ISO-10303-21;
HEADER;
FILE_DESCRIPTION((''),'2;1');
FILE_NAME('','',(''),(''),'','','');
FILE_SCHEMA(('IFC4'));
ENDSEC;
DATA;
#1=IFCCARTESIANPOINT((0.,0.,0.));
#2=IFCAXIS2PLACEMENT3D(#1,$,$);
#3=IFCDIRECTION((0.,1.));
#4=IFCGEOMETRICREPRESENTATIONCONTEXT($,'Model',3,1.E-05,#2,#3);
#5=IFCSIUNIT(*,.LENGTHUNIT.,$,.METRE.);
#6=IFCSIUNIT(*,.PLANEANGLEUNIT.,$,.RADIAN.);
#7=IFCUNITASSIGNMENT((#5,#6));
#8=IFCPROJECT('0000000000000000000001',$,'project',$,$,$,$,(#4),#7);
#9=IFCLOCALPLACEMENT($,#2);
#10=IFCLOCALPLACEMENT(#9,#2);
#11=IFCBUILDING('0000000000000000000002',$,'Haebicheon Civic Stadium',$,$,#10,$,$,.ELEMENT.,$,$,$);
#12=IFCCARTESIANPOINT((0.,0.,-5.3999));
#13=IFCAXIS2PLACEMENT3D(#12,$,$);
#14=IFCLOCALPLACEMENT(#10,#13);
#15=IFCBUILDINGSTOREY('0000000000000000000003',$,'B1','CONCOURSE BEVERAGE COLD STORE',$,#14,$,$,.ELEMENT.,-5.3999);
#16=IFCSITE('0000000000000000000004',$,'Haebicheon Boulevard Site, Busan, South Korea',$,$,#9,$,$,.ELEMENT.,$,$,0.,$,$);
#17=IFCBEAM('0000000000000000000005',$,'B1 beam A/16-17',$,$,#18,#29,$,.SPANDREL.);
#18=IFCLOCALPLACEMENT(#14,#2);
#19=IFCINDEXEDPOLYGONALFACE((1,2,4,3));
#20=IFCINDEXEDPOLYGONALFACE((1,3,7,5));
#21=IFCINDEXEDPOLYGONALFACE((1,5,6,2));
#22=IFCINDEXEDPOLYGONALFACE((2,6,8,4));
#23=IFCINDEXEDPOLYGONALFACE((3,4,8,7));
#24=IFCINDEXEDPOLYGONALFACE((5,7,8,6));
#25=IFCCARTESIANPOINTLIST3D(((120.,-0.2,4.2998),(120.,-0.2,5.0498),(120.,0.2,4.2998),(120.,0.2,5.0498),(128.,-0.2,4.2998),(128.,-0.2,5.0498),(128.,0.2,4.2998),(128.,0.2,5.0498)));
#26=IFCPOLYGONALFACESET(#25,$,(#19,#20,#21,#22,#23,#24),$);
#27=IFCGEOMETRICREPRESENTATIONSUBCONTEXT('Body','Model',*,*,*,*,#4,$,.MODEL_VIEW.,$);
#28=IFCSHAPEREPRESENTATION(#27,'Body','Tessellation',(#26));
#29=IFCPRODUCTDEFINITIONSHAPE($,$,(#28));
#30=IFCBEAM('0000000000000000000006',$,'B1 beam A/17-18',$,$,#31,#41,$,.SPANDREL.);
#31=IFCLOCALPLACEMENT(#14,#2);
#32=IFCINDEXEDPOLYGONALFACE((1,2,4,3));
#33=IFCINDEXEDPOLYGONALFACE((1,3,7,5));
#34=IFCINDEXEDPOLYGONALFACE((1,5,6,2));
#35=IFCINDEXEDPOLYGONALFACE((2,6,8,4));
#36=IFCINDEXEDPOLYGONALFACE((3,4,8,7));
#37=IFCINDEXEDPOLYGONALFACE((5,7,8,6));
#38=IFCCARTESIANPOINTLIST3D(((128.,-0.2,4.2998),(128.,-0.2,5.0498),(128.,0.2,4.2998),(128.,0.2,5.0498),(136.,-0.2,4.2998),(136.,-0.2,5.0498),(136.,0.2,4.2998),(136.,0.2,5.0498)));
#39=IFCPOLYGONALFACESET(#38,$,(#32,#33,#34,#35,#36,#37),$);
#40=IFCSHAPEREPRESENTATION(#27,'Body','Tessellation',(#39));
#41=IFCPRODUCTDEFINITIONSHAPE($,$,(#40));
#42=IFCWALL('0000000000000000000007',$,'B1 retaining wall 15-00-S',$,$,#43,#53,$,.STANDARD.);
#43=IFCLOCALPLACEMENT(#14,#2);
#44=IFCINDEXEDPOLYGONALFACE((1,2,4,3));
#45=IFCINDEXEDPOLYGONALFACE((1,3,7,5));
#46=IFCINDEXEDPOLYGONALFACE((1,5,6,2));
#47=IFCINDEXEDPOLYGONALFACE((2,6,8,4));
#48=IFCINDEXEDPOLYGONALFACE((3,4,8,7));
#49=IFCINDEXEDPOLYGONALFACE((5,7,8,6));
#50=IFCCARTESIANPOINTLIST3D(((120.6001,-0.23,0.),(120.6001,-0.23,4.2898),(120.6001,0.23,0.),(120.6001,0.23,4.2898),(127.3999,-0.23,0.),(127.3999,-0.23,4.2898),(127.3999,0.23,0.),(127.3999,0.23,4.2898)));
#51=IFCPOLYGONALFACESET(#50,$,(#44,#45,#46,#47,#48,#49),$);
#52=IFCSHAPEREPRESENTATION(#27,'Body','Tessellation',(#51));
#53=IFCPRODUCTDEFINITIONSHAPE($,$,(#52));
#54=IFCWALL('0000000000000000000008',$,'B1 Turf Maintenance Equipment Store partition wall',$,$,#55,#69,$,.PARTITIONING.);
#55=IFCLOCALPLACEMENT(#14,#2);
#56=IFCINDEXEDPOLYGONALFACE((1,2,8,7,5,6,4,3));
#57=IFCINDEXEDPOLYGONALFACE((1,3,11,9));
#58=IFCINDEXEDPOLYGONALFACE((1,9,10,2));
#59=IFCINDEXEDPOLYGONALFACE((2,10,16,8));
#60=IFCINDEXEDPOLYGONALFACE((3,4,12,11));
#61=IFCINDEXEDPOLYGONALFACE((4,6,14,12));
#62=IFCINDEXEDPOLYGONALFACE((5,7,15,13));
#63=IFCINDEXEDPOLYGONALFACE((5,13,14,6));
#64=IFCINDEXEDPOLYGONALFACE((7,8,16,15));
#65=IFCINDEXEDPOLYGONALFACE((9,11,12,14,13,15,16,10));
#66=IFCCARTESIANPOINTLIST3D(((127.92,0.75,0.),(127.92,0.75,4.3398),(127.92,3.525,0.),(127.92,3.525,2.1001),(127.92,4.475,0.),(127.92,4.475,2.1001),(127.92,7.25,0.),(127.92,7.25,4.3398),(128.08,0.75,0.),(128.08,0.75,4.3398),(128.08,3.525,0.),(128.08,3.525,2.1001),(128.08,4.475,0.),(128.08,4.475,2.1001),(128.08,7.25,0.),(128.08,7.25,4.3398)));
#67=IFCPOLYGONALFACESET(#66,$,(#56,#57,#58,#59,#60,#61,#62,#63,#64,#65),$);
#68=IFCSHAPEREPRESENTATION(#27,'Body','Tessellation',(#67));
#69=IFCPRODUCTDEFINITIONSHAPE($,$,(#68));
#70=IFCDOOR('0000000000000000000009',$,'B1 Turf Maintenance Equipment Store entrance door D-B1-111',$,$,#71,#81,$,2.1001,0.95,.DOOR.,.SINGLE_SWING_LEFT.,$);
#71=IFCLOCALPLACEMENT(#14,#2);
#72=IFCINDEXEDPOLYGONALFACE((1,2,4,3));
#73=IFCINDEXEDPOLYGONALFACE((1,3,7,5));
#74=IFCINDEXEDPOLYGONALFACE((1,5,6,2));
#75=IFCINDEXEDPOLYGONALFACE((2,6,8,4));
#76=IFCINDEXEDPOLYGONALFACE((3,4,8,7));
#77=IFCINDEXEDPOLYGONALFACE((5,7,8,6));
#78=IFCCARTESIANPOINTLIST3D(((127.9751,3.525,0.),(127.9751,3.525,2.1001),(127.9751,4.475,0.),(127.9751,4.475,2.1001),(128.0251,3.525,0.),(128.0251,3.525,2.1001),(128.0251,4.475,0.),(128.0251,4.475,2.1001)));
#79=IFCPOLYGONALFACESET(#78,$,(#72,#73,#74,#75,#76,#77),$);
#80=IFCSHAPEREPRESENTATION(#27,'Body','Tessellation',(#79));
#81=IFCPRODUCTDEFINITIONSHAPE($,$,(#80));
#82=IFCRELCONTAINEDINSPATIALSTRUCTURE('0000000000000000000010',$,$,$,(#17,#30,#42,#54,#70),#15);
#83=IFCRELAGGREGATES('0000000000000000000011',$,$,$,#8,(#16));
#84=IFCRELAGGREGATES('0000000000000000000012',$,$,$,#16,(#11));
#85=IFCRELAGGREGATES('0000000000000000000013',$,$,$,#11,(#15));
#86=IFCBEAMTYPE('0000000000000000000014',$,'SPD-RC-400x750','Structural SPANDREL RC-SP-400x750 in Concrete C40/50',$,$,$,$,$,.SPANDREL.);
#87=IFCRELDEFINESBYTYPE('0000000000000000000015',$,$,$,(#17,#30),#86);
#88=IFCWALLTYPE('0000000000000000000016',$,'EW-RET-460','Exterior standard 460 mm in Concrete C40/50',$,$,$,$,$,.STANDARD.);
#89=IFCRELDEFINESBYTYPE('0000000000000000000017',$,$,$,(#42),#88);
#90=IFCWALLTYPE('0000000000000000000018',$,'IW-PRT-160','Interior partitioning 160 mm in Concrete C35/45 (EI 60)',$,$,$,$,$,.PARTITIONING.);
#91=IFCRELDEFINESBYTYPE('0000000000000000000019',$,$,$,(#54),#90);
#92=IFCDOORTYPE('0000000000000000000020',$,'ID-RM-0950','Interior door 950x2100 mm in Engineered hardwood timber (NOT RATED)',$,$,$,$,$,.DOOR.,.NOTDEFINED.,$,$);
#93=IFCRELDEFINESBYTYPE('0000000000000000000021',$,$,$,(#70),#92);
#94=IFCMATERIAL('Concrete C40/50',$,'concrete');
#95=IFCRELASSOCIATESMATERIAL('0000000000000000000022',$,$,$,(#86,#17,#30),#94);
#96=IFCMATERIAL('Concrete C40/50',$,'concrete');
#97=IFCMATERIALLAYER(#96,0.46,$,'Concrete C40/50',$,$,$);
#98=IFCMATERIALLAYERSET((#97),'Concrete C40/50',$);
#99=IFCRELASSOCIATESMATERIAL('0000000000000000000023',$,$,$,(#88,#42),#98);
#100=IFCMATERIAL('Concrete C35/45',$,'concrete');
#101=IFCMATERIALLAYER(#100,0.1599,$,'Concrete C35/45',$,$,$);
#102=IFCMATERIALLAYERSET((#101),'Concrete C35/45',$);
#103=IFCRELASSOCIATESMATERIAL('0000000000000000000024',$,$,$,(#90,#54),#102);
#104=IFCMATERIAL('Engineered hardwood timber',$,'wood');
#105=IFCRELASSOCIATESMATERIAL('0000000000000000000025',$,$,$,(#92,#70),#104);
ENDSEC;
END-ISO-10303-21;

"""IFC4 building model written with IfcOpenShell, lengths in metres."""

from ifc_helpers import new_model, si_unit, direction, frame, frame_2d, origin, origin_2d, place, context, subcontext, project, spatial, rectangle, extrude, material, layer, layer_set, material_profile, profile_set, type_object, element, fill, save


model = new_model("IFC4")

# Units and contexts
model_context = context("Model", 3, precision=1e-05, world=origin(), true_north=direction((0.0, 1.0)))
body_context = subcontext(model_context, "Body", "Model", "MODEL_VIEW")
ifc_project = project(units=[si_unit("LENGTHUNIT", "METRE"), si_unit("PLANEANGLEUNIT", "RADIAN")], contexts=[model_context])

# Site, building, storey
site_placement = place(None, origin())
site = spatial("IfcSite", under=ifc_project, at=site_placement, Name="Haebicheon Boulevard Site, Busan, South Korea", CompositionType="ELEMENT", RefElevation=0.0)
building_placement = place(site_placement, origin())
building = spatial("IfcBuilding", under=site, at=building_placement, Name="Haebicheon Civic Stadium", CompositionType="ELEMENT")
storey_placement = place(building_placement, frame((0.0, 0.0, -5.3999)))
storey = spatial("IfcBuildingStorey", under=building, at=storey_placement, Name="B1", Description="CONCOURSE BEVERAGE COLD STORE", CompositionType="ELEMENT", Elevation=-5.3999)

# Beams
ifc_material_1 = material(Name="Concrete C40/50", Category="concrete")
ifc_material_profile_1 = material_profile(ifc_material_1, rectangle(XDim=0.3999, YDim=0.75, at=origin_2d()), Name="RC-SP-400x750")
ifc_profile_set_1 = profile_set([ifc_material_profile_1], Name="Concrete C40/50")
beam_type_1 = type_object("IfcBeamType", Name="SPD-RC-400x750", Description="Structural SPANDREL RC-SP-400x750 in Concrete C40/50", PredefinedType="SPANDREL", material=ifc_profile_set_1)
for number, where, z_axis, x_axis, name in (
    (1, (120.0, 0.0, 4.6748), (1.0, 0.0, 0.0), (0.0, 1.0, 0.0), "B1 beam A/16-17"),
    (2, (128.0, 0.0, 4.6748), (1.0, 0.0, 0.0), (0.0, 1.0, 0.0), "B1 beam A/17-18"),
):
    element("IfcBeam", number, at=place(storey_placement, frame(where, z_axis=z_axis, x_axis=x_axis)), inside=storey, type_object=beam_type_1, material=ifc_profile_set_1, Name=name, PredefinedType="SPANDREL", context=body_context, shape_type="SweptSolid", body=[
        extrude(rectangle(XDim=0.3999, YDim=0.75, at=origin_2d()), origin(), (0.0, 0.0, 1.0), 8.0),
    ])

# Wall
ifc_material_2 = material(Name="Concrete C40/50", Category="concrete")
ifc_layer_1 = layer(ifc_material_2, 0.46, Name="Concrete C40/50")
ifc_layer_set_1 = layer_set([ifc_layer_1], Name="Concrete C40/50")
wall_type_1 = type_object("IfcWallType", Name="EW-RET-460", Description="Exterior standard 460 mm in Concrete C40/50", PredefinedType="STANDARD", material=ifc_layer_set_1)
wall_1_placement = place(storey_placement, frame((120.6001, 0.0, 0.0), z_axis=(0.0, 0.0, 1.0), x_axis=(1.0, 0.0, 0.0)))
element("IfcWall", 3, at=wall_1_placement, inside=storey, type_object=wall_type_1, material=ifc_layer_set_1, Name="B1 retaining wall 15-00-S", PredefinedType="STANDARD", context=body_context, shape_type="SweptSolid", body=[
    extrude(rectangle(XDim=6.7998, YDim=0.46, at=frame_2d((3.3999, 0.0))), origin(), (0.0, 0.0, 1.0), 4.2898),
])

# Wall, opening, door
ifc_material_3 = material(Name="Concrete C35/45", Category="concrete")
ifc_layer_2 = layer(ifc_material_3, 0.1599, Name="Concrete C35/45")
ifc_layer_set_2 = layer_set([ifc_layer_2], Name="Concrete C35/45")
wall_type_2 = type_object("IfcWallType", Name="IW-PRT-160", Description="Interior partitioning 160 mm in Concrete C35/45 (EI 60)", PredefinedType="PARTITIONING", material=ifc_layer_set_2)
wall_2_placement = place(storey_placement, frame((128.0, 0.75, 0.0), z_axis=(0.0, 0.0, 1.0), x_axis=(0.0, 1.0, 0.0)))
wall_2 = element("IfcWall", 4, at=wall_2_placement, inside=storey, type_object=wall_type_2, material=ifc_layer_set_2, Name="B1 Turf Maintenance Equipment Store partition wall", PredefinedType="PARTITIONING", context=body_context, shape_type="SweptSolid", body=[
    extrude(rectangle(XDim=6.5, YDim=0.1599, at=frame_2d((3.25, 0.0))), origin(), (0.0, 0.0, 1.0), 4.3398),
])
opening_placement = place(wall_2_placement, frame((2.7749, 0.0, 0.0)))
opening = element("IfcOpeningElement", 5, at=opening_placement, cuts=wall_2, PredefinedType="OPENING", context=body_context, shape_type="SweptSolid", body=[
    extrude(rectangle(XDim=0.95, YDim=2.1001, at=frame_2d((0.4751, 1.05))), frame((0.0, 0.0898, 0.0), z_axis=(0.0, -1.0, 0.0), x_axis=(1.0, 0.0, 0.0)), (0.0, 0.0, 1.0), 0.1799),
])
ifc_material_4 = material(Name="Engineered hardwood timber", Category="wood")
door_type = type_object("IfcDoorType", Name="ID-RM-0950", Description="Interior door 950x2100 mm in Engineered hardwood timber (NOT RATED)", OperationType="NOTDEFINED", PredefinedType="DOOR", material=ifc_material_4)
door_placement = place(opening_placement, origin())
door = element("IfcDoor", 6, at=door_placement, inside=storey, type_object=door_type, material=ifc_material_4, Name="B1 Turf Maintenance Equipment Store entrance door D-B1-111", OperationType="SINGLE_SWING_LEFT", OverallHeight=2.1001, OverallWidth=0.95, PredefinedType="DOOR", context=body_context, shape_type="SweptSolid", body=[
    extrude(rectangle(XDim=0.95, YDim=2.1001, at=frame_2d((0.4751, 1.05))), frame((0.0, 0.0249, 0.0), z_axis=(0.0, -1.0, 0.0), x_axis=(1.0, 0.0, 0.0)), (0.0, 0.0, 1.0), 0.05),
])
fill(opening, door)

save(model, "model.ifc")
